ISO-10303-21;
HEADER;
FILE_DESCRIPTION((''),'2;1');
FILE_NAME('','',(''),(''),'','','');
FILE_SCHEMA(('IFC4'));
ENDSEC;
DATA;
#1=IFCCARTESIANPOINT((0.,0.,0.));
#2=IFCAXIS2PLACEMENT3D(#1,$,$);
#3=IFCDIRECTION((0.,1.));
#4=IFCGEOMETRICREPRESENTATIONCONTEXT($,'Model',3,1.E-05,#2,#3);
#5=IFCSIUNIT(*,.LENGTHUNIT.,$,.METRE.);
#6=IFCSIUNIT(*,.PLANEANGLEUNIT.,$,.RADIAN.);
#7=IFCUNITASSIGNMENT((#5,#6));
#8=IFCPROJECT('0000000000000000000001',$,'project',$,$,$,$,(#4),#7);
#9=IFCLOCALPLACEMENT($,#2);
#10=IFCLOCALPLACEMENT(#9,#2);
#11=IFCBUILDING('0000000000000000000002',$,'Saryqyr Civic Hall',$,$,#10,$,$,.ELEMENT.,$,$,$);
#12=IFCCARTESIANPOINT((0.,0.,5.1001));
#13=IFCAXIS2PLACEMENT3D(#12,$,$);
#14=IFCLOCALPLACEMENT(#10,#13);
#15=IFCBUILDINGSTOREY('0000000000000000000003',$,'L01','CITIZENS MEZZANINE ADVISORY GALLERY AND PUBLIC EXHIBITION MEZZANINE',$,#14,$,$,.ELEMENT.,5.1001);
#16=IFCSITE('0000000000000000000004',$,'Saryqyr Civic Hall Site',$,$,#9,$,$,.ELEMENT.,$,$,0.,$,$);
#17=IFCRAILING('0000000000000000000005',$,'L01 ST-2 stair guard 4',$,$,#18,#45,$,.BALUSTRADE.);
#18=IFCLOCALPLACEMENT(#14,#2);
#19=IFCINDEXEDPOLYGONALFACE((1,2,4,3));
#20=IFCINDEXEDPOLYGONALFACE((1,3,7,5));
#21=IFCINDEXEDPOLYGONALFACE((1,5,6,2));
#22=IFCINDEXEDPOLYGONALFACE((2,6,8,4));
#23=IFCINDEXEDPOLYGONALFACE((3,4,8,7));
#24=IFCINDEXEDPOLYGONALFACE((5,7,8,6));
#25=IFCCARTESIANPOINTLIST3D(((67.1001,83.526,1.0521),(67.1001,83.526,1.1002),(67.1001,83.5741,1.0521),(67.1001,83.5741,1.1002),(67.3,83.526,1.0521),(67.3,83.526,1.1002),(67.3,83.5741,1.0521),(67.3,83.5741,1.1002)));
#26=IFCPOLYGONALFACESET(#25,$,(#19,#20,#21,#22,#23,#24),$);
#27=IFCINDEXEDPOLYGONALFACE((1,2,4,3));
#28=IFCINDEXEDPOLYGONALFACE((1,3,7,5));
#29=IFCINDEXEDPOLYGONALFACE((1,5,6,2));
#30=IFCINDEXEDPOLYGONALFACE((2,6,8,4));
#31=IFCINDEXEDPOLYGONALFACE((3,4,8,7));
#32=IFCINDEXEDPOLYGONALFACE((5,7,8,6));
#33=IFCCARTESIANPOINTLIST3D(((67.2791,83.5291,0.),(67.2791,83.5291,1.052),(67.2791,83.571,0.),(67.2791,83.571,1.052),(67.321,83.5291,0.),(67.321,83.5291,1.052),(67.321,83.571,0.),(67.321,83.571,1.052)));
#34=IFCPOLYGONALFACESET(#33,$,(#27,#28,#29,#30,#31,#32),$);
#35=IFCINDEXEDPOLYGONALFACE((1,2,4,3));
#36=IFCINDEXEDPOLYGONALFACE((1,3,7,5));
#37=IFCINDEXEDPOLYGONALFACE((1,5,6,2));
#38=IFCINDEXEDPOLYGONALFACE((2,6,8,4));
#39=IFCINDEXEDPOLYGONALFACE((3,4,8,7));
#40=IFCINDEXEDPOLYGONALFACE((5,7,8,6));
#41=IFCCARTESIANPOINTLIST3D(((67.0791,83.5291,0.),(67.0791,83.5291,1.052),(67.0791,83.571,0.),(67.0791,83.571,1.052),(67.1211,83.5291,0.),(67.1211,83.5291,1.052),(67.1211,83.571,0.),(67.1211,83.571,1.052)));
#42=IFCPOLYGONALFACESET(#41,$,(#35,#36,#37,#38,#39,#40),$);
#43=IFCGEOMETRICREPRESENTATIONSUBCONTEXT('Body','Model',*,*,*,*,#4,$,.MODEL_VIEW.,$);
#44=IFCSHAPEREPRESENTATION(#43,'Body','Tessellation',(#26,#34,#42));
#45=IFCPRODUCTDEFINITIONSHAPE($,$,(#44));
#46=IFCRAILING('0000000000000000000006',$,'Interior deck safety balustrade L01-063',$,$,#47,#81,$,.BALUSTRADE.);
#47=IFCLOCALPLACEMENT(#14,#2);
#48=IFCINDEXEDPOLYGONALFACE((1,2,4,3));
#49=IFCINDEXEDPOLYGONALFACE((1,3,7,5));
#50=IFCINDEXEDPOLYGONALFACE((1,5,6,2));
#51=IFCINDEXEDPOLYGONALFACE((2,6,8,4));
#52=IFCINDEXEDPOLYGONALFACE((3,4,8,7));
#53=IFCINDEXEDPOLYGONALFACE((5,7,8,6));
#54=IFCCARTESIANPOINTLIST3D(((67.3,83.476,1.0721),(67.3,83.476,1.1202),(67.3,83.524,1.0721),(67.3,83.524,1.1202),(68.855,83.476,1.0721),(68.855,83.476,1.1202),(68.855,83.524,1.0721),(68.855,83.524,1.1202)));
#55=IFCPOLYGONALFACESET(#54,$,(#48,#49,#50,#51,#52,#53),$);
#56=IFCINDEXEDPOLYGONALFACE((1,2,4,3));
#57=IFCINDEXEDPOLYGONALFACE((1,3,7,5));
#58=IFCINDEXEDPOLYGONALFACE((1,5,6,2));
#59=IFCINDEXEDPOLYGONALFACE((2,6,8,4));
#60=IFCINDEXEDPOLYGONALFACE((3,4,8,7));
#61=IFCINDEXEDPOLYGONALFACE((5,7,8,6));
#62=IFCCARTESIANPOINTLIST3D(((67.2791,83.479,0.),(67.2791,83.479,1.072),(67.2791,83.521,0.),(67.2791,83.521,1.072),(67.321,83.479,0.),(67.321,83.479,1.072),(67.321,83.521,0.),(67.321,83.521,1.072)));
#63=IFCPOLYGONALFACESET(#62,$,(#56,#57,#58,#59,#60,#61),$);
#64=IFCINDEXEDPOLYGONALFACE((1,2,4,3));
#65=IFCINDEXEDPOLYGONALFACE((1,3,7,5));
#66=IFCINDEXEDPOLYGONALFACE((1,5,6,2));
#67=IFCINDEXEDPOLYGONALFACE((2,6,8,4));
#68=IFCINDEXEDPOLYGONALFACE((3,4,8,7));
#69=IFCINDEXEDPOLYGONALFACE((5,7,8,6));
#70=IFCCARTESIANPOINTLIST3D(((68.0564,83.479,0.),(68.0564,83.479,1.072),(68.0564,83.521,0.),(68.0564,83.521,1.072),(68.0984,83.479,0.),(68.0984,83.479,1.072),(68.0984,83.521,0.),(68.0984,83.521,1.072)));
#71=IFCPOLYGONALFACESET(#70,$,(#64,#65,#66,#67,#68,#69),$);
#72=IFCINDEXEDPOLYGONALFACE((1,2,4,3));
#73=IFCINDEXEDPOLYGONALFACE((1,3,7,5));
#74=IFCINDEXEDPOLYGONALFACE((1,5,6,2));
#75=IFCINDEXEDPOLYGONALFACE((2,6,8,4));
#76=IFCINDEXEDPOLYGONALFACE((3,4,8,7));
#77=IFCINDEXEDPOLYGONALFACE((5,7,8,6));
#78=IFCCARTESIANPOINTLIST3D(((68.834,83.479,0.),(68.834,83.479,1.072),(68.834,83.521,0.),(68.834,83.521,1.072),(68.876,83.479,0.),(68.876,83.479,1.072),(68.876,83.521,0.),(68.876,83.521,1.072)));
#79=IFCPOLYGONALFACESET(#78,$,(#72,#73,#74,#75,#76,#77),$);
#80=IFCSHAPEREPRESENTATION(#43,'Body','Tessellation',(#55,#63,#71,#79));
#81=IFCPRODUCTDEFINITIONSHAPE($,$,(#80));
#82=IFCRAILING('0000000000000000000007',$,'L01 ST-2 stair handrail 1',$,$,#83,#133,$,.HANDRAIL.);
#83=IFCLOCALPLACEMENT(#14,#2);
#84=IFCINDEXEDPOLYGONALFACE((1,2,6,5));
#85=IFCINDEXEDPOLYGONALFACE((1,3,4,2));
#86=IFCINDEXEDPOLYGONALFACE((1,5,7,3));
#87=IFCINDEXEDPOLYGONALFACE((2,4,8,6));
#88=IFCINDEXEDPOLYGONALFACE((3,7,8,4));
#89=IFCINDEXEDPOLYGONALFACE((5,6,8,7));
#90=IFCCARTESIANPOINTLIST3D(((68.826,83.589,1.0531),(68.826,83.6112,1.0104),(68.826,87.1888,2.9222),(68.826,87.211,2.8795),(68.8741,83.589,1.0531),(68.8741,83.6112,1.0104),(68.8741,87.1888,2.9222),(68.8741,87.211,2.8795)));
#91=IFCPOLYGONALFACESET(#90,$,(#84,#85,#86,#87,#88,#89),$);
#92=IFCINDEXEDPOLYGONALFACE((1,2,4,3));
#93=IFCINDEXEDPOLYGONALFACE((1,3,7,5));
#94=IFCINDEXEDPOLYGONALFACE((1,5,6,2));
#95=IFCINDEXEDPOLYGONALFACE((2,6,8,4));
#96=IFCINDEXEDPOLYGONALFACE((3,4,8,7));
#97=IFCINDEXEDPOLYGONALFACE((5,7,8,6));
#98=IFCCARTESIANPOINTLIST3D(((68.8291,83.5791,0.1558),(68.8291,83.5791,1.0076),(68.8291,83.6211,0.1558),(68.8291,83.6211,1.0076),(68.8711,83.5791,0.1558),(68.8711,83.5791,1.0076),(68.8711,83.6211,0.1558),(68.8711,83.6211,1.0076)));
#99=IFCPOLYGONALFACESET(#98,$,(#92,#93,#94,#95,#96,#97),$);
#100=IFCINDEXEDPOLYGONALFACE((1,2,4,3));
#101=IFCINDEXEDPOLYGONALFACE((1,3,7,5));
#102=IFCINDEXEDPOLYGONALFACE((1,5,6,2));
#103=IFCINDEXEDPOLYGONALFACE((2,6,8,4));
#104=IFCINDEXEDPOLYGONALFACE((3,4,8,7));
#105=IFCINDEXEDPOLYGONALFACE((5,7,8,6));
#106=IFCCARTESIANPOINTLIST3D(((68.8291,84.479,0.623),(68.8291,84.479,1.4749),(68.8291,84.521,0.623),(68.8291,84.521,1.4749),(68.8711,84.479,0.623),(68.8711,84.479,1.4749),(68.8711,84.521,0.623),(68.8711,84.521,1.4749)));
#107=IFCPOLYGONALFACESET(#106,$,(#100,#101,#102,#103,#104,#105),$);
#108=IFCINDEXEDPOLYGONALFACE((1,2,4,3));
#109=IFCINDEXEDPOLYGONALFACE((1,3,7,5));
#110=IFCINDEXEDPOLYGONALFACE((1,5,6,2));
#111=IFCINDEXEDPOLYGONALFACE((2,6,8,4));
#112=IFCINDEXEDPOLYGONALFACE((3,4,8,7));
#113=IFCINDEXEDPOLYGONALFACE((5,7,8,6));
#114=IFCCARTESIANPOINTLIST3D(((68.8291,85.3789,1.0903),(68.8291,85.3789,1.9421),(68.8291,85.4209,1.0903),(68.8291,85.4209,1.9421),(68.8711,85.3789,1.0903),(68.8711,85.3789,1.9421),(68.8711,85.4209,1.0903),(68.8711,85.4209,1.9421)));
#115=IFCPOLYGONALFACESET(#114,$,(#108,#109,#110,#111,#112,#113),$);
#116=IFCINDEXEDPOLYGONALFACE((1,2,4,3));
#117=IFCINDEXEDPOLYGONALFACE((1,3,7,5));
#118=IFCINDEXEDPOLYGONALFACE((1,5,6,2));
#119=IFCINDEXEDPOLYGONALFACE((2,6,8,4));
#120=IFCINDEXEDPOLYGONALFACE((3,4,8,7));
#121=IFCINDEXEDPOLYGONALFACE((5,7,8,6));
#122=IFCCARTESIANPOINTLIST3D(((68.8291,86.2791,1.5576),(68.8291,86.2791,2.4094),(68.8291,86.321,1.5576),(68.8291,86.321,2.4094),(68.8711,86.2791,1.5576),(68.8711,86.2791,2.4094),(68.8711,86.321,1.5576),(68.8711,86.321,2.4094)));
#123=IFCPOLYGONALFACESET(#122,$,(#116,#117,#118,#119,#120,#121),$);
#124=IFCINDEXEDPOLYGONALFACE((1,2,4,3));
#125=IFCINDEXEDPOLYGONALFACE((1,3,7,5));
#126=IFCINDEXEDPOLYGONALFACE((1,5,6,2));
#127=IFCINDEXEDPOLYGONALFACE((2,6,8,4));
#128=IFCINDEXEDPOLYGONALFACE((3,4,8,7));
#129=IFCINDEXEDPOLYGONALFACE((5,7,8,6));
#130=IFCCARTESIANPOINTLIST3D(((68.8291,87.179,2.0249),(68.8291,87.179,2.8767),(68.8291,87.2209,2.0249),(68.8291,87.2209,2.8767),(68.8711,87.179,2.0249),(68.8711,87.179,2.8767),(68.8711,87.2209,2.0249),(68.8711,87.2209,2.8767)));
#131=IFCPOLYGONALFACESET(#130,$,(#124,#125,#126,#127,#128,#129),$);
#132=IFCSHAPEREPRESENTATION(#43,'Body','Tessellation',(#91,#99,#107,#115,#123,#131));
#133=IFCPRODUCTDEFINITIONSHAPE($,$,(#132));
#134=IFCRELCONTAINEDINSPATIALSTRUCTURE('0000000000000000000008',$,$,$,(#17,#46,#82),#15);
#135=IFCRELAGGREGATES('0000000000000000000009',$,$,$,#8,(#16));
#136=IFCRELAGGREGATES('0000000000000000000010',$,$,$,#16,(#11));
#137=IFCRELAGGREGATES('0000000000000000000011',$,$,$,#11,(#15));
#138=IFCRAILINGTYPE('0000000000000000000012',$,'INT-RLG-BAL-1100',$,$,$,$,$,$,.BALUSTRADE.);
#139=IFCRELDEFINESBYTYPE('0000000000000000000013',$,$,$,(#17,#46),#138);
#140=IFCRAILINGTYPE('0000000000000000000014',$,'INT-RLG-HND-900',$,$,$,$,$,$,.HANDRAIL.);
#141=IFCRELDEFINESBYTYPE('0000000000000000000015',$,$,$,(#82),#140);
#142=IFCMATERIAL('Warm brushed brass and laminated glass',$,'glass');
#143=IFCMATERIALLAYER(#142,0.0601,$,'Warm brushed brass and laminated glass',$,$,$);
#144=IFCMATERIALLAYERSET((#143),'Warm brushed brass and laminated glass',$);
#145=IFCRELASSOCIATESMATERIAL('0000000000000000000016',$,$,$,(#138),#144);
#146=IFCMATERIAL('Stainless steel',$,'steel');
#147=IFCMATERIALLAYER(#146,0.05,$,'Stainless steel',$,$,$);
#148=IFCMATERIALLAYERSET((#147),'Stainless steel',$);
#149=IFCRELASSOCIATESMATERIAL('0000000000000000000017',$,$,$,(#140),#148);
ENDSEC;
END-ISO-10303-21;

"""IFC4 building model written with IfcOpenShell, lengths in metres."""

from ifc_helpers import new_model, si_unit, direction, frame, origin, origin_2d, place, context, subcontext, project, spatial, rectangle, extrude, material, layer, layer_set, type_object, element, save


model = new_model("IFC4")

# Units and contexts
model_context = context("Model", 3, precision=1e-05, world=origin(), true_north=direction((0.0, 1.0)))
body_context = subcontext(model_context, "Body", "Model", "MODEL_VIEW")
ifc_project = project(units=[si_unit("LENGTHUNIT", "METRE"), si_unit("PLANEANGLEUNIT", "RADIAN")], contexts=[model_context])

# Site, building, storey
site_placement = place(None, origin())
site = spatial("IfcSite", under=ifc_project, at=site_placement, Name="Saryqyr Civic Hall Site", CompositionType="ELEMENT", RefElevation=0.0)
building_placement = place(site_placement, origin())
building = spatial("IfcBuilding", under=site, at=building_placement, Name="Saryqyr Civic Hall", CompositionType="ELEMENT")
storey_placement = place(building_placement, frame((0.0, 0.0, 5.1001)))
storey = spatial("IfcBuildingStorey", under=building, at=storey_placement, Name="L01", Description="CITIZENS MEZZANINE ADVISORY GALLERY AND PUBLIC EXHIBITION MEZZANINE", CompositionType="ELEMENT", Elevation=5.1001)

# Railings
ifc_material_1 = material(Name="Warm brushed brass and laminated glass", Category="glass")
ifc_layer_1 = layer(ifc_material_1, 0.0601, Name="Warm brushed brass and laminated glass")
ifc_layer_set_1 = layer_set([ifc_layer_1], Name="Warm brushed brass and laminated glass")
railing_type_1 = type_object("IfcRailingType", Name="INT-RLG-BAL-1100", PredefinedType="BALUSTRADE", material=ifc_layer_set_1)
railing_1_placement = place(storey_placement, frame((67.3, 83.55, 0.0)))
element("IfcRailing", 1, at=railing_1_placement, inside=storey, type_object=railing_type_1, Name="L01 ST-2 stair guard 4", PredefinedType="BALUSTRADE", context=body_context, shape_type="SweptSolid", body=[
    extrude(rectangle(XDim=0.0481, YDim=0.0481, at=origin_2d()), frame((0.0, 0.0, 1.0762), z_axis=(-1.0, 0.0, 0.0), x_axis=(0.0, -1.0, 0.0)), (0.0, 0.0, 1.0), 0.2),
    extrude(rectangle(XDim=0.042, YDim=0.042, at=origin_2d()), origin(), (0.0, 0.0, 1.0), 1.052),
    extrude(rectangle(XDim=0.042, YDim=0.042, at=origin_2d()), frame((-0.2, 0.0, 0.0)), (0.0, 0.0, 1.0), 1.052),
])
railing_2_placement = place(storey_placement, frame((67.3, 83.5, 0.0)))
element("IfcRailing", 2, at=railing_2_placement, inside=storey, type_object=railing_type_1, Name="Interior deck safety balustrade L01-063", PredefinedType="BALUSTRADE", context=body_context, shape_type="SweptSolid", body=[
    extrude(rectangle(XDim=0.0481, YDim=0.0481, at=origin_2d()), frame((0.0, 0.0, 1.0962), z_axis=(1.0, 0.0, 0.0), x_axis=(0.0, 1.0, 0.0)), (0.0, 0.0, 1.0), 1.5549),
    extrude(rectangle(XDim=0.042, YDim=0.042, at=origin_2d()), origin(), (0.0, 0.0, 1.0), 1.072),
    extrude(rectangle(XDim=0.042, YDim=0.042, at=origin_2d()), frame((0.7773, 0.0, 0.0)), (0.0, 0.0, 1.0), 1.072),
    extrude(rectangle(XDim=0.042, YDim=0.042, at=origin_2d()), frame((1.5549, 0.0, 0.0)), (0.0, 0.0, 1.0), 1.072),
])
ifc_material_2 = material(Name="Stainless steel", Category="steel")
ifc_layer_2 = layer(ifc_material_2, 0.05, Name="Stainless steel")
ifc_layer_set_2 = layer_set([ifc_layer_2], Name="Stainless steel")
railing_type_2 = type_object("IfcRailingType", Name="INT-RLG-HND-900", PredefinedType="HANDRAIL", material=ifc_layer_set_2)
railing_3_placement = place(storey_placement, frame((68.8501, 83.6001, 0.1558)))
element("IfcRailing", 3, at=railing_3_placement, inside=storey, type_object=railing_type_2, Name="L01 ST-2 stair handrail 1", PredefinedType="HANDRAIL", context=body_context, shape_type="SweptSolid", body=[
    extrude(rectangle(XDim=0.0481, YDim=0.0481, at=origin_2d()), frame((0.0, 0.0, 0.876), z_axis=(0.0, 0.887497, 0.460813), x_axis=(-1.0, 0.0, 0.0)), (0.0, 0.0, 1.0), 4.0562),
    extrude(rectangle(XDim=0.042, YDim=0.042, at=origin_2d()), origin(), (0.0, 0.0, 1.0), 0.8518),
    extrude(rectangle(XDim=0.042, YDim=0.042, at=origin_2d()), frame((0.0, 0.8999, 0.4673)), (0.0, 0.0, 1.0), 0.8518),
    extrude(rectangle(XDim=0.042, YDim=0.042, at=origin_2d()), frame((0.0, 1.7998, 0.9346)), (0.0, 0.0, 1.0), 0.8518),
    extrude(rectangle(XDim=0.042, YDim=0.042, at=origin_2d()), frame((0.0, 2.7, 1.4019)), (0.0, 0.0, 1.0), 0.8518),
    extrude(rectangle(XDim=0.042, YDim=0.042, at=origin_2d()), frame((0.0, 3.5999, 1.8691)), (0.0, 0.0, 1.0), 0.8518),
])

save(model, "model.ifc")
